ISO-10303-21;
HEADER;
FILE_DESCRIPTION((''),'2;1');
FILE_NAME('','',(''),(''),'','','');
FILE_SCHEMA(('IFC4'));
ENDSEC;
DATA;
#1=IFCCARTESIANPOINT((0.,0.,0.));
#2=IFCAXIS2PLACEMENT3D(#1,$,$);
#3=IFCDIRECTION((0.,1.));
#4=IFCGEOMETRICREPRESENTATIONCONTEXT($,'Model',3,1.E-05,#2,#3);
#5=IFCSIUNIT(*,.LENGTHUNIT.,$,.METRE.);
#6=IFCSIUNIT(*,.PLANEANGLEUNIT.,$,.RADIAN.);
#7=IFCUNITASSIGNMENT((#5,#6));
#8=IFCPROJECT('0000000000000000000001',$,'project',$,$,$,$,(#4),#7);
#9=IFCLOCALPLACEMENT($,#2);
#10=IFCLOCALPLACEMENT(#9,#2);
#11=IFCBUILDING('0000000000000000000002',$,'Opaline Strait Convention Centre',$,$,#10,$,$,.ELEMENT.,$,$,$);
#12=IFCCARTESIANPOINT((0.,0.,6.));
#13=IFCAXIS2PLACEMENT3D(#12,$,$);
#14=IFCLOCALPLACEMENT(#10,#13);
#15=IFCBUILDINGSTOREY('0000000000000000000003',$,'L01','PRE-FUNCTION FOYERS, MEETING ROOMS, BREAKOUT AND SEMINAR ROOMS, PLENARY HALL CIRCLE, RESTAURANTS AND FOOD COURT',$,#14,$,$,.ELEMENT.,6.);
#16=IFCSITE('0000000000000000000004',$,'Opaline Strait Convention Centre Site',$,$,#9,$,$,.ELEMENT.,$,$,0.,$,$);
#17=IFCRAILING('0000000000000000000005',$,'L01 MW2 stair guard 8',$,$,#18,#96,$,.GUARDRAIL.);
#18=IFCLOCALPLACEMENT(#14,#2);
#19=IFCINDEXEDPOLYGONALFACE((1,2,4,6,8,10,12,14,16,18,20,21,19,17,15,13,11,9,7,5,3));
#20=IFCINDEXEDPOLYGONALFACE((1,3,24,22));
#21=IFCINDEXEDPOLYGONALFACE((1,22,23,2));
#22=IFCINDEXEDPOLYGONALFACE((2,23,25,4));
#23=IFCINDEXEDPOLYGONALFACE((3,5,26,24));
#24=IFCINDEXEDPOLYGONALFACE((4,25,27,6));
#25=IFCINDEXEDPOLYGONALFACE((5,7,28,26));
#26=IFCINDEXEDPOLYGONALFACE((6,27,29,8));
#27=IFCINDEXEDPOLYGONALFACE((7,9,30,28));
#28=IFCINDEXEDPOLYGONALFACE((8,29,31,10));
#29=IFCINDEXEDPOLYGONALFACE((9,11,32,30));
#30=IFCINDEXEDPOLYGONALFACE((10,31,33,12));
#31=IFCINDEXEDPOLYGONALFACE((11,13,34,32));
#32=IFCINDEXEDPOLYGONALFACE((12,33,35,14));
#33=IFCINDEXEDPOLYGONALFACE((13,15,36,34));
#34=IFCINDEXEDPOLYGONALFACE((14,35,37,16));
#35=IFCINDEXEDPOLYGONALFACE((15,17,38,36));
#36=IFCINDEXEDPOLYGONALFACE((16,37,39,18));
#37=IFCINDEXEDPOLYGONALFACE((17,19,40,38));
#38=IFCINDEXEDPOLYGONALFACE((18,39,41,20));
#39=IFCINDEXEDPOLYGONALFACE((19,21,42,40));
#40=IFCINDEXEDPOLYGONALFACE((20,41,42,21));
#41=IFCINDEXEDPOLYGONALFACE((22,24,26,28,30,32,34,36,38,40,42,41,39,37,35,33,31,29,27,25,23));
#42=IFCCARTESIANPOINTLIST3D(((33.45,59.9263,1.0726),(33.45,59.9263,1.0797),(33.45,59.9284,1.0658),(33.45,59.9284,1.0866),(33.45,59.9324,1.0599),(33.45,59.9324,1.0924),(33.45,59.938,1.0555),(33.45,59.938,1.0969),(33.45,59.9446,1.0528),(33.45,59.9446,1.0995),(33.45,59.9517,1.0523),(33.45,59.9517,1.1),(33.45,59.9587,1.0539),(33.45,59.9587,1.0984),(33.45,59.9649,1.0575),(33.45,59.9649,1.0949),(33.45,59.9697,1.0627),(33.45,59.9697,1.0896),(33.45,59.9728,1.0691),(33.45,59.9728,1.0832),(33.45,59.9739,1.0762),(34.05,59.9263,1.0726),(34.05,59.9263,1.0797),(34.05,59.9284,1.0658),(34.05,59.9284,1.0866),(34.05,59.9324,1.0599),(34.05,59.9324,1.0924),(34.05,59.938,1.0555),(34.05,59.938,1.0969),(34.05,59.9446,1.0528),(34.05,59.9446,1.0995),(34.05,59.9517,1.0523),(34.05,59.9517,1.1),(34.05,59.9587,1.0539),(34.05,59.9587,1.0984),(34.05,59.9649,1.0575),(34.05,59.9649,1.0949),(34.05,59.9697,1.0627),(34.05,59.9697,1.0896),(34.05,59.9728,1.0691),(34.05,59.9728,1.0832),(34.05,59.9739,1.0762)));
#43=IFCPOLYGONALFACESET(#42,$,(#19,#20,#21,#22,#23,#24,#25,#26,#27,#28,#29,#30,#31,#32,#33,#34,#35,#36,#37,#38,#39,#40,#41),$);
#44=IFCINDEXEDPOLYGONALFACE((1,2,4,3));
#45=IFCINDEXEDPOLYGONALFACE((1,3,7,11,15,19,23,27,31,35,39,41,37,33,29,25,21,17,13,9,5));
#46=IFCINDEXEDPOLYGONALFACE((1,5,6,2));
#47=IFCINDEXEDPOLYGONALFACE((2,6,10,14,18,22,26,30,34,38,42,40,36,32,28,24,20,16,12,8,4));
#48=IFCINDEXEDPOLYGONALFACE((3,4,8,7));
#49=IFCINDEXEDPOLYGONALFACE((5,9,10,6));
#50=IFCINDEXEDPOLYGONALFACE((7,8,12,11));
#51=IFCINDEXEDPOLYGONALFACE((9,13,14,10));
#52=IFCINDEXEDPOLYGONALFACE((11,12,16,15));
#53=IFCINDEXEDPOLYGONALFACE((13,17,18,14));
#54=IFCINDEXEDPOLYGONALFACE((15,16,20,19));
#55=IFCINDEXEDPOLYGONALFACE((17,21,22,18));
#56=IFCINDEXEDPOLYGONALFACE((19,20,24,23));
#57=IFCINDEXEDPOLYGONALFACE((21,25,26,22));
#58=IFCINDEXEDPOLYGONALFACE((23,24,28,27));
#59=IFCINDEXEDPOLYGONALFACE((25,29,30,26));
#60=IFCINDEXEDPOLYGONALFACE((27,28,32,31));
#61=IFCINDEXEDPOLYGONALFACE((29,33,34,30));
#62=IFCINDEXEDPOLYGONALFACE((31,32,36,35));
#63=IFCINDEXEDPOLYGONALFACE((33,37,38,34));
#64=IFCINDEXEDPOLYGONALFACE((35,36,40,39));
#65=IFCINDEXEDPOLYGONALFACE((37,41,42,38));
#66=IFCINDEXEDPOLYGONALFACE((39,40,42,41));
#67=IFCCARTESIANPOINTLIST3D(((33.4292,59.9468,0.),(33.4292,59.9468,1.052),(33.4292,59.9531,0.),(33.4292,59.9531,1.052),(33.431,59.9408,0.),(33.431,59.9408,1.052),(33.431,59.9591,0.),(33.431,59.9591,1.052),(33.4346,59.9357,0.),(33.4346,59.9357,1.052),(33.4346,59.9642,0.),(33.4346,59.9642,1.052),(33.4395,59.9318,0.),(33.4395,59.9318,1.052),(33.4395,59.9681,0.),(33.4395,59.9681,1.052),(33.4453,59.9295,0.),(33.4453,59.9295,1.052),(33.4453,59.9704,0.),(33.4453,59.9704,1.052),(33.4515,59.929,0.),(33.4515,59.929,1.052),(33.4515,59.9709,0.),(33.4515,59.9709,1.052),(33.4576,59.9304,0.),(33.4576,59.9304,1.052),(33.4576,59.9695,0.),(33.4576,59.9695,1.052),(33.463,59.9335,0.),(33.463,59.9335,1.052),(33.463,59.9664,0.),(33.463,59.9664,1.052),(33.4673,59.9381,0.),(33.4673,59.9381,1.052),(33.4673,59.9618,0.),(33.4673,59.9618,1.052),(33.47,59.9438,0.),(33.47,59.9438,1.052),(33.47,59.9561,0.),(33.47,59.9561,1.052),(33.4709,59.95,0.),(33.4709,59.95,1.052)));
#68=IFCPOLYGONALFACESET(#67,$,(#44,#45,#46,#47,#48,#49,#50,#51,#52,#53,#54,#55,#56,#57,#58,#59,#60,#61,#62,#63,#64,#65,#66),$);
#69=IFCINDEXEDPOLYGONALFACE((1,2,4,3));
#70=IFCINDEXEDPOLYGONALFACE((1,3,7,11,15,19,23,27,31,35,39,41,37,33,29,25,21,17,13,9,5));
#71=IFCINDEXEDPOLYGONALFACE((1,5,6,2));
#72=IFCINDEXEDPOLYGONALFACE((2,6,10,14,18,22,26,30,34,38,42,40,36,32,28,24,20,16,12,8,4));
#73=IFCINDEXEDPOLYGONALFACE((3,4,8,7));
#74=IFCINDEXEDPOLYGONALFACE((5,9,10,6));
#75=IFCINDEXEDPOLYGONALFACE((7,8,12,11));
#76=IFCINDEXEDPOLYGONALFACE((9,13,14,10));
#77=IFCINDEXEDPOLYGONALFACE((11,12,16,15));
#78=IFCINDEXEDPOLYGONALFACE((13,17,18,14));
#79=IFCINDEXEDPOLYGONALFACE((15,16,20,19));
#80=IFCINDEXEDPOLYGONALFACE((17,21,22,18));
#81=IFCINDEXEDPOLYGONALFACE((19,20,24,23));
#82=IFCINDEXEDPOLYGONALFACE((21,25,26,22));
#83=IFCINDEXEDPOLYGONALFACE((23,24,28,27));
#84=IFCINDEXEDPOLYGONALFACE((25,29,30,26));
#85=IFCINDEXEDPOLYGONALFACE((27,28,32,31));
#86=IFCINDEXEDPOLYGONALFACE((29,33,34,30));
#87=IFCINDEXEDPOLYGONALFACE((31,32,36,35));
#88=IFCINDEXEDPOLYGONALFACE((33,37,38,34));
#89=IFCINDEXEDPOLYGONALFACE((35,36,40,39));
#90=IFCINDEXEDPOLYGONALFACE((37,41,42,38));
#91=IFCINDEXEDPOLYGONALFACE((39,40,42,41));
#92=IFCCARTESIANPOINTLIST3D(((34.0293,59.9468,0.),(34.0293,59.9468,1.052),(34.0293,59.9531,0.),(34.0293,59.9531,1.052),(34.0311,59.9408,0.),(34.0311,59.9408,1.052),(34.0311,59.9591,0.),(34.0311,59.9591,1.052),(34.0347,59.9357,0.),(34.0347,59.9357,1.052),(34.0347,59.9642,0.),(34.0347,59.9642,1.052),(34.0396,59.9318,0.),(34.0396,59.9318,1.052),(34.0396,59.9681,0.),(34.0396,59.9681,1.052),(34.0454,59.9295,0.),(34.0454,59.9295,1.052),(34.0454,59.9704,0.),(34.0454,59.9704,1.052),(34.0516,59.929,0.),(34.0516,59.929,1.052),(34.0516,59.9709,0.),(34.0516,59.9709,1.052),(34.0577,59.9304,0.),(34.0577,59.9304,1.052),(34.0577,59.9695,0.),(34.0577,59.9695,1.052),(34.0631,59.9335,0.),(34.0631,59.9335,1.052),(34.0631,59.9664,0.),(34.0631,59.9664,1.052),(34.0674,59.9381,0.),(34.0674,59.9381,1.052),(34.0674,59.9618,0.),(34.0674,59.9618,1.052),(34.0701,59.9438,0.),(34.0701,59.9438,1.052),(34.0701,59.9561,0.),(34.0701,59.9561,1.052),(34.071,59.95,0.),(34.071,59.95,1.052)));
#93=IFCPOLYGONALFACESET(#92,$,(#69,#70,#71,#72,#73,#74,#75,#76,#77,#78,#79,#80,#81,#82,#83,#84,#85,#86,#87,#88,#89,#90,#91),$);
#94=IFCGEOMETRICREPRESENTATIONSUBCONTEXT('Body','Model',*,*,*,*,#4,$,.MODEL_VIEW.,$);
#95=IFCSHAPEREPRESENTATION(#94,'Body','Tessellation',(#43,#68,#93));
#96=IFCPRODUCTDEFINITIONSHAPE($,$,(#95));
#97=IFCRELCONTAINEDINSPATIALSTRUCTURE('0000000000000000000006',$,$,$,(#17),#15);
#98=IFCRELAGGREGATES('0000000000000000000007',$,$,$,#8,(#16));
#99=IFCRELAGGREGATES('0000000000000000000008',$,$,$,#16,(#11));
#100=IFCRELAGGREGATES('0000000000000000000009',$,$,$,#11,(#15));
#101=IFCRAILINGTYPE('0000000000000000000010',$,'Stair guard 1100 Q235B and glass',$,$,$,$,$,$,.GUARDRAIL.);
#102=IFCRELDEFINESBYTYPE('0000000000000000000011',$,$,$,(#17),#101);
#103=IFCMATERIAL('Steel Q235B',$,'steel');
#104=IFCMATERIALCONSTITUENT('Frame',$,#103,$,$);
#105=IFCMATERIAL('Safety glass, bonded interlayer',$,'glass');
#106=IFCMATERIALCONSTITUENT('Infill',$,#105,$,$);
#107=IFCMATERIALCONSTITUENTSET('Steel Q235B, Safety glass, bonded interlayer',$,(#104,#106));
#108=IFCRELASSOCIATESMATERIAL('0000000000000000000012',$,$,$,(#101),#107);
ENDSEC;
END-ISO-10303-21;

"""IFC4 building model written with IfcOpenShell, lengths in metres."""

from ifc_helpers import new_model, si_unit, direction, frame, origin, origin_2d, place, context, subcontext, project, spatial, circle, extrude, material, constituent, constituent_set, type_object, element, save


model = new_model("IFC4")

# Units and contexts
model_context = context("Model", 3, precision=1e-05, world=origin(), true_north=direction((0.0, 1.0)))
body_context = subcontext(model_context, "Body", "Model", "MODEL_VIEW")
ifc_project = project(units=[si_unit("LENGTHUNIT", "METRE"), si_unit("PLANEANGLEUNIT", "RADIAN")], contexts=[model_context])

# Site, building, storey
site_placement = place(None, origin())
site = spatial("IfcSite", under=ifc_project, at=site_placement, Name="Opaline Strait Convention Centre Site", CompositionType="ELEMENT", RefElevation=0.0)
building_placement = place(site_placement, origin())
building = spatial("IfcBuilding", under=site, at=building_placement, Name="Opaline Strait Convention Centre", CompositionType="ELEMENT")
storey_placement = place(building_placement, frame((0.0, 0.0, 6.0)))
storey = spatial("IfcBuildingStorey", under=building, at=storey_placement, Name="L01", Description="PRE-FUNCTION FOYERS, MEETING ROOMS, BREAKOUT AND SEMINAR ROOMS, PLENARY HALL CIRCLE, RESTAURANTS AND FOOD COURT", CompositionType="ELEMENT", Elevation=6.0)

# Railing
ifc_material_1 = material(Name="Steel Q235B", Category="steel")
ifc_material_2 = material(Name="Safety glass, bonded interlayer", Category="glass")
ifc_constituent_1 = constituent(ifc_material_1, Name="Frame")
ifc_constituent_2 = constituent(ifc_material_2, Name="Infill")
ifc_constituent_set_1 = constituent_set(constituents=[ifc_constituent_1, ifc_constituent_2], Name="Steel Q235B, Safety glass, bonded interlayer")
railing_type_1 = type_object("IfcRailingType", Name="Stair guard 1100 Q235B and glass", PredefinedType="GUARDRAIL", material=ifc_constituent_set_1)
for number, where, name in (
    (1, (33.45, 59.95, 0.0), "L01 MW2 stair guard 8"),
):
    element("IfcRailing", number, at=place(storey_placement, frame(where)), inside=storey, type_object=railing_type_1, Name=name, PredefinedType="GUARDRAIL", context=body_context, shape_type="SweptSolid", body=[
        extrude(circle(Radius=0.0239, at=origin_2d()), frame((0.0, 0.0, 1.0762), z_axis=(1.0, 0.0, 0.0), x_axis=(0.0, 1.0, 0.0)), (0.0, 0.0, 1.0), 0.6001),
        extrude(circle(Radius=0.021, at=origin_2d()), origin(), (0.0, 0.0, 1.0), 1.052),
        extrude(circle(Radius=0.021, at=origin_2d()), frame((0.6001, 0.0, 0.0)), (0.0, 0.0, 1.0), 1.052),
    ])

save(model, "model.ifc")
